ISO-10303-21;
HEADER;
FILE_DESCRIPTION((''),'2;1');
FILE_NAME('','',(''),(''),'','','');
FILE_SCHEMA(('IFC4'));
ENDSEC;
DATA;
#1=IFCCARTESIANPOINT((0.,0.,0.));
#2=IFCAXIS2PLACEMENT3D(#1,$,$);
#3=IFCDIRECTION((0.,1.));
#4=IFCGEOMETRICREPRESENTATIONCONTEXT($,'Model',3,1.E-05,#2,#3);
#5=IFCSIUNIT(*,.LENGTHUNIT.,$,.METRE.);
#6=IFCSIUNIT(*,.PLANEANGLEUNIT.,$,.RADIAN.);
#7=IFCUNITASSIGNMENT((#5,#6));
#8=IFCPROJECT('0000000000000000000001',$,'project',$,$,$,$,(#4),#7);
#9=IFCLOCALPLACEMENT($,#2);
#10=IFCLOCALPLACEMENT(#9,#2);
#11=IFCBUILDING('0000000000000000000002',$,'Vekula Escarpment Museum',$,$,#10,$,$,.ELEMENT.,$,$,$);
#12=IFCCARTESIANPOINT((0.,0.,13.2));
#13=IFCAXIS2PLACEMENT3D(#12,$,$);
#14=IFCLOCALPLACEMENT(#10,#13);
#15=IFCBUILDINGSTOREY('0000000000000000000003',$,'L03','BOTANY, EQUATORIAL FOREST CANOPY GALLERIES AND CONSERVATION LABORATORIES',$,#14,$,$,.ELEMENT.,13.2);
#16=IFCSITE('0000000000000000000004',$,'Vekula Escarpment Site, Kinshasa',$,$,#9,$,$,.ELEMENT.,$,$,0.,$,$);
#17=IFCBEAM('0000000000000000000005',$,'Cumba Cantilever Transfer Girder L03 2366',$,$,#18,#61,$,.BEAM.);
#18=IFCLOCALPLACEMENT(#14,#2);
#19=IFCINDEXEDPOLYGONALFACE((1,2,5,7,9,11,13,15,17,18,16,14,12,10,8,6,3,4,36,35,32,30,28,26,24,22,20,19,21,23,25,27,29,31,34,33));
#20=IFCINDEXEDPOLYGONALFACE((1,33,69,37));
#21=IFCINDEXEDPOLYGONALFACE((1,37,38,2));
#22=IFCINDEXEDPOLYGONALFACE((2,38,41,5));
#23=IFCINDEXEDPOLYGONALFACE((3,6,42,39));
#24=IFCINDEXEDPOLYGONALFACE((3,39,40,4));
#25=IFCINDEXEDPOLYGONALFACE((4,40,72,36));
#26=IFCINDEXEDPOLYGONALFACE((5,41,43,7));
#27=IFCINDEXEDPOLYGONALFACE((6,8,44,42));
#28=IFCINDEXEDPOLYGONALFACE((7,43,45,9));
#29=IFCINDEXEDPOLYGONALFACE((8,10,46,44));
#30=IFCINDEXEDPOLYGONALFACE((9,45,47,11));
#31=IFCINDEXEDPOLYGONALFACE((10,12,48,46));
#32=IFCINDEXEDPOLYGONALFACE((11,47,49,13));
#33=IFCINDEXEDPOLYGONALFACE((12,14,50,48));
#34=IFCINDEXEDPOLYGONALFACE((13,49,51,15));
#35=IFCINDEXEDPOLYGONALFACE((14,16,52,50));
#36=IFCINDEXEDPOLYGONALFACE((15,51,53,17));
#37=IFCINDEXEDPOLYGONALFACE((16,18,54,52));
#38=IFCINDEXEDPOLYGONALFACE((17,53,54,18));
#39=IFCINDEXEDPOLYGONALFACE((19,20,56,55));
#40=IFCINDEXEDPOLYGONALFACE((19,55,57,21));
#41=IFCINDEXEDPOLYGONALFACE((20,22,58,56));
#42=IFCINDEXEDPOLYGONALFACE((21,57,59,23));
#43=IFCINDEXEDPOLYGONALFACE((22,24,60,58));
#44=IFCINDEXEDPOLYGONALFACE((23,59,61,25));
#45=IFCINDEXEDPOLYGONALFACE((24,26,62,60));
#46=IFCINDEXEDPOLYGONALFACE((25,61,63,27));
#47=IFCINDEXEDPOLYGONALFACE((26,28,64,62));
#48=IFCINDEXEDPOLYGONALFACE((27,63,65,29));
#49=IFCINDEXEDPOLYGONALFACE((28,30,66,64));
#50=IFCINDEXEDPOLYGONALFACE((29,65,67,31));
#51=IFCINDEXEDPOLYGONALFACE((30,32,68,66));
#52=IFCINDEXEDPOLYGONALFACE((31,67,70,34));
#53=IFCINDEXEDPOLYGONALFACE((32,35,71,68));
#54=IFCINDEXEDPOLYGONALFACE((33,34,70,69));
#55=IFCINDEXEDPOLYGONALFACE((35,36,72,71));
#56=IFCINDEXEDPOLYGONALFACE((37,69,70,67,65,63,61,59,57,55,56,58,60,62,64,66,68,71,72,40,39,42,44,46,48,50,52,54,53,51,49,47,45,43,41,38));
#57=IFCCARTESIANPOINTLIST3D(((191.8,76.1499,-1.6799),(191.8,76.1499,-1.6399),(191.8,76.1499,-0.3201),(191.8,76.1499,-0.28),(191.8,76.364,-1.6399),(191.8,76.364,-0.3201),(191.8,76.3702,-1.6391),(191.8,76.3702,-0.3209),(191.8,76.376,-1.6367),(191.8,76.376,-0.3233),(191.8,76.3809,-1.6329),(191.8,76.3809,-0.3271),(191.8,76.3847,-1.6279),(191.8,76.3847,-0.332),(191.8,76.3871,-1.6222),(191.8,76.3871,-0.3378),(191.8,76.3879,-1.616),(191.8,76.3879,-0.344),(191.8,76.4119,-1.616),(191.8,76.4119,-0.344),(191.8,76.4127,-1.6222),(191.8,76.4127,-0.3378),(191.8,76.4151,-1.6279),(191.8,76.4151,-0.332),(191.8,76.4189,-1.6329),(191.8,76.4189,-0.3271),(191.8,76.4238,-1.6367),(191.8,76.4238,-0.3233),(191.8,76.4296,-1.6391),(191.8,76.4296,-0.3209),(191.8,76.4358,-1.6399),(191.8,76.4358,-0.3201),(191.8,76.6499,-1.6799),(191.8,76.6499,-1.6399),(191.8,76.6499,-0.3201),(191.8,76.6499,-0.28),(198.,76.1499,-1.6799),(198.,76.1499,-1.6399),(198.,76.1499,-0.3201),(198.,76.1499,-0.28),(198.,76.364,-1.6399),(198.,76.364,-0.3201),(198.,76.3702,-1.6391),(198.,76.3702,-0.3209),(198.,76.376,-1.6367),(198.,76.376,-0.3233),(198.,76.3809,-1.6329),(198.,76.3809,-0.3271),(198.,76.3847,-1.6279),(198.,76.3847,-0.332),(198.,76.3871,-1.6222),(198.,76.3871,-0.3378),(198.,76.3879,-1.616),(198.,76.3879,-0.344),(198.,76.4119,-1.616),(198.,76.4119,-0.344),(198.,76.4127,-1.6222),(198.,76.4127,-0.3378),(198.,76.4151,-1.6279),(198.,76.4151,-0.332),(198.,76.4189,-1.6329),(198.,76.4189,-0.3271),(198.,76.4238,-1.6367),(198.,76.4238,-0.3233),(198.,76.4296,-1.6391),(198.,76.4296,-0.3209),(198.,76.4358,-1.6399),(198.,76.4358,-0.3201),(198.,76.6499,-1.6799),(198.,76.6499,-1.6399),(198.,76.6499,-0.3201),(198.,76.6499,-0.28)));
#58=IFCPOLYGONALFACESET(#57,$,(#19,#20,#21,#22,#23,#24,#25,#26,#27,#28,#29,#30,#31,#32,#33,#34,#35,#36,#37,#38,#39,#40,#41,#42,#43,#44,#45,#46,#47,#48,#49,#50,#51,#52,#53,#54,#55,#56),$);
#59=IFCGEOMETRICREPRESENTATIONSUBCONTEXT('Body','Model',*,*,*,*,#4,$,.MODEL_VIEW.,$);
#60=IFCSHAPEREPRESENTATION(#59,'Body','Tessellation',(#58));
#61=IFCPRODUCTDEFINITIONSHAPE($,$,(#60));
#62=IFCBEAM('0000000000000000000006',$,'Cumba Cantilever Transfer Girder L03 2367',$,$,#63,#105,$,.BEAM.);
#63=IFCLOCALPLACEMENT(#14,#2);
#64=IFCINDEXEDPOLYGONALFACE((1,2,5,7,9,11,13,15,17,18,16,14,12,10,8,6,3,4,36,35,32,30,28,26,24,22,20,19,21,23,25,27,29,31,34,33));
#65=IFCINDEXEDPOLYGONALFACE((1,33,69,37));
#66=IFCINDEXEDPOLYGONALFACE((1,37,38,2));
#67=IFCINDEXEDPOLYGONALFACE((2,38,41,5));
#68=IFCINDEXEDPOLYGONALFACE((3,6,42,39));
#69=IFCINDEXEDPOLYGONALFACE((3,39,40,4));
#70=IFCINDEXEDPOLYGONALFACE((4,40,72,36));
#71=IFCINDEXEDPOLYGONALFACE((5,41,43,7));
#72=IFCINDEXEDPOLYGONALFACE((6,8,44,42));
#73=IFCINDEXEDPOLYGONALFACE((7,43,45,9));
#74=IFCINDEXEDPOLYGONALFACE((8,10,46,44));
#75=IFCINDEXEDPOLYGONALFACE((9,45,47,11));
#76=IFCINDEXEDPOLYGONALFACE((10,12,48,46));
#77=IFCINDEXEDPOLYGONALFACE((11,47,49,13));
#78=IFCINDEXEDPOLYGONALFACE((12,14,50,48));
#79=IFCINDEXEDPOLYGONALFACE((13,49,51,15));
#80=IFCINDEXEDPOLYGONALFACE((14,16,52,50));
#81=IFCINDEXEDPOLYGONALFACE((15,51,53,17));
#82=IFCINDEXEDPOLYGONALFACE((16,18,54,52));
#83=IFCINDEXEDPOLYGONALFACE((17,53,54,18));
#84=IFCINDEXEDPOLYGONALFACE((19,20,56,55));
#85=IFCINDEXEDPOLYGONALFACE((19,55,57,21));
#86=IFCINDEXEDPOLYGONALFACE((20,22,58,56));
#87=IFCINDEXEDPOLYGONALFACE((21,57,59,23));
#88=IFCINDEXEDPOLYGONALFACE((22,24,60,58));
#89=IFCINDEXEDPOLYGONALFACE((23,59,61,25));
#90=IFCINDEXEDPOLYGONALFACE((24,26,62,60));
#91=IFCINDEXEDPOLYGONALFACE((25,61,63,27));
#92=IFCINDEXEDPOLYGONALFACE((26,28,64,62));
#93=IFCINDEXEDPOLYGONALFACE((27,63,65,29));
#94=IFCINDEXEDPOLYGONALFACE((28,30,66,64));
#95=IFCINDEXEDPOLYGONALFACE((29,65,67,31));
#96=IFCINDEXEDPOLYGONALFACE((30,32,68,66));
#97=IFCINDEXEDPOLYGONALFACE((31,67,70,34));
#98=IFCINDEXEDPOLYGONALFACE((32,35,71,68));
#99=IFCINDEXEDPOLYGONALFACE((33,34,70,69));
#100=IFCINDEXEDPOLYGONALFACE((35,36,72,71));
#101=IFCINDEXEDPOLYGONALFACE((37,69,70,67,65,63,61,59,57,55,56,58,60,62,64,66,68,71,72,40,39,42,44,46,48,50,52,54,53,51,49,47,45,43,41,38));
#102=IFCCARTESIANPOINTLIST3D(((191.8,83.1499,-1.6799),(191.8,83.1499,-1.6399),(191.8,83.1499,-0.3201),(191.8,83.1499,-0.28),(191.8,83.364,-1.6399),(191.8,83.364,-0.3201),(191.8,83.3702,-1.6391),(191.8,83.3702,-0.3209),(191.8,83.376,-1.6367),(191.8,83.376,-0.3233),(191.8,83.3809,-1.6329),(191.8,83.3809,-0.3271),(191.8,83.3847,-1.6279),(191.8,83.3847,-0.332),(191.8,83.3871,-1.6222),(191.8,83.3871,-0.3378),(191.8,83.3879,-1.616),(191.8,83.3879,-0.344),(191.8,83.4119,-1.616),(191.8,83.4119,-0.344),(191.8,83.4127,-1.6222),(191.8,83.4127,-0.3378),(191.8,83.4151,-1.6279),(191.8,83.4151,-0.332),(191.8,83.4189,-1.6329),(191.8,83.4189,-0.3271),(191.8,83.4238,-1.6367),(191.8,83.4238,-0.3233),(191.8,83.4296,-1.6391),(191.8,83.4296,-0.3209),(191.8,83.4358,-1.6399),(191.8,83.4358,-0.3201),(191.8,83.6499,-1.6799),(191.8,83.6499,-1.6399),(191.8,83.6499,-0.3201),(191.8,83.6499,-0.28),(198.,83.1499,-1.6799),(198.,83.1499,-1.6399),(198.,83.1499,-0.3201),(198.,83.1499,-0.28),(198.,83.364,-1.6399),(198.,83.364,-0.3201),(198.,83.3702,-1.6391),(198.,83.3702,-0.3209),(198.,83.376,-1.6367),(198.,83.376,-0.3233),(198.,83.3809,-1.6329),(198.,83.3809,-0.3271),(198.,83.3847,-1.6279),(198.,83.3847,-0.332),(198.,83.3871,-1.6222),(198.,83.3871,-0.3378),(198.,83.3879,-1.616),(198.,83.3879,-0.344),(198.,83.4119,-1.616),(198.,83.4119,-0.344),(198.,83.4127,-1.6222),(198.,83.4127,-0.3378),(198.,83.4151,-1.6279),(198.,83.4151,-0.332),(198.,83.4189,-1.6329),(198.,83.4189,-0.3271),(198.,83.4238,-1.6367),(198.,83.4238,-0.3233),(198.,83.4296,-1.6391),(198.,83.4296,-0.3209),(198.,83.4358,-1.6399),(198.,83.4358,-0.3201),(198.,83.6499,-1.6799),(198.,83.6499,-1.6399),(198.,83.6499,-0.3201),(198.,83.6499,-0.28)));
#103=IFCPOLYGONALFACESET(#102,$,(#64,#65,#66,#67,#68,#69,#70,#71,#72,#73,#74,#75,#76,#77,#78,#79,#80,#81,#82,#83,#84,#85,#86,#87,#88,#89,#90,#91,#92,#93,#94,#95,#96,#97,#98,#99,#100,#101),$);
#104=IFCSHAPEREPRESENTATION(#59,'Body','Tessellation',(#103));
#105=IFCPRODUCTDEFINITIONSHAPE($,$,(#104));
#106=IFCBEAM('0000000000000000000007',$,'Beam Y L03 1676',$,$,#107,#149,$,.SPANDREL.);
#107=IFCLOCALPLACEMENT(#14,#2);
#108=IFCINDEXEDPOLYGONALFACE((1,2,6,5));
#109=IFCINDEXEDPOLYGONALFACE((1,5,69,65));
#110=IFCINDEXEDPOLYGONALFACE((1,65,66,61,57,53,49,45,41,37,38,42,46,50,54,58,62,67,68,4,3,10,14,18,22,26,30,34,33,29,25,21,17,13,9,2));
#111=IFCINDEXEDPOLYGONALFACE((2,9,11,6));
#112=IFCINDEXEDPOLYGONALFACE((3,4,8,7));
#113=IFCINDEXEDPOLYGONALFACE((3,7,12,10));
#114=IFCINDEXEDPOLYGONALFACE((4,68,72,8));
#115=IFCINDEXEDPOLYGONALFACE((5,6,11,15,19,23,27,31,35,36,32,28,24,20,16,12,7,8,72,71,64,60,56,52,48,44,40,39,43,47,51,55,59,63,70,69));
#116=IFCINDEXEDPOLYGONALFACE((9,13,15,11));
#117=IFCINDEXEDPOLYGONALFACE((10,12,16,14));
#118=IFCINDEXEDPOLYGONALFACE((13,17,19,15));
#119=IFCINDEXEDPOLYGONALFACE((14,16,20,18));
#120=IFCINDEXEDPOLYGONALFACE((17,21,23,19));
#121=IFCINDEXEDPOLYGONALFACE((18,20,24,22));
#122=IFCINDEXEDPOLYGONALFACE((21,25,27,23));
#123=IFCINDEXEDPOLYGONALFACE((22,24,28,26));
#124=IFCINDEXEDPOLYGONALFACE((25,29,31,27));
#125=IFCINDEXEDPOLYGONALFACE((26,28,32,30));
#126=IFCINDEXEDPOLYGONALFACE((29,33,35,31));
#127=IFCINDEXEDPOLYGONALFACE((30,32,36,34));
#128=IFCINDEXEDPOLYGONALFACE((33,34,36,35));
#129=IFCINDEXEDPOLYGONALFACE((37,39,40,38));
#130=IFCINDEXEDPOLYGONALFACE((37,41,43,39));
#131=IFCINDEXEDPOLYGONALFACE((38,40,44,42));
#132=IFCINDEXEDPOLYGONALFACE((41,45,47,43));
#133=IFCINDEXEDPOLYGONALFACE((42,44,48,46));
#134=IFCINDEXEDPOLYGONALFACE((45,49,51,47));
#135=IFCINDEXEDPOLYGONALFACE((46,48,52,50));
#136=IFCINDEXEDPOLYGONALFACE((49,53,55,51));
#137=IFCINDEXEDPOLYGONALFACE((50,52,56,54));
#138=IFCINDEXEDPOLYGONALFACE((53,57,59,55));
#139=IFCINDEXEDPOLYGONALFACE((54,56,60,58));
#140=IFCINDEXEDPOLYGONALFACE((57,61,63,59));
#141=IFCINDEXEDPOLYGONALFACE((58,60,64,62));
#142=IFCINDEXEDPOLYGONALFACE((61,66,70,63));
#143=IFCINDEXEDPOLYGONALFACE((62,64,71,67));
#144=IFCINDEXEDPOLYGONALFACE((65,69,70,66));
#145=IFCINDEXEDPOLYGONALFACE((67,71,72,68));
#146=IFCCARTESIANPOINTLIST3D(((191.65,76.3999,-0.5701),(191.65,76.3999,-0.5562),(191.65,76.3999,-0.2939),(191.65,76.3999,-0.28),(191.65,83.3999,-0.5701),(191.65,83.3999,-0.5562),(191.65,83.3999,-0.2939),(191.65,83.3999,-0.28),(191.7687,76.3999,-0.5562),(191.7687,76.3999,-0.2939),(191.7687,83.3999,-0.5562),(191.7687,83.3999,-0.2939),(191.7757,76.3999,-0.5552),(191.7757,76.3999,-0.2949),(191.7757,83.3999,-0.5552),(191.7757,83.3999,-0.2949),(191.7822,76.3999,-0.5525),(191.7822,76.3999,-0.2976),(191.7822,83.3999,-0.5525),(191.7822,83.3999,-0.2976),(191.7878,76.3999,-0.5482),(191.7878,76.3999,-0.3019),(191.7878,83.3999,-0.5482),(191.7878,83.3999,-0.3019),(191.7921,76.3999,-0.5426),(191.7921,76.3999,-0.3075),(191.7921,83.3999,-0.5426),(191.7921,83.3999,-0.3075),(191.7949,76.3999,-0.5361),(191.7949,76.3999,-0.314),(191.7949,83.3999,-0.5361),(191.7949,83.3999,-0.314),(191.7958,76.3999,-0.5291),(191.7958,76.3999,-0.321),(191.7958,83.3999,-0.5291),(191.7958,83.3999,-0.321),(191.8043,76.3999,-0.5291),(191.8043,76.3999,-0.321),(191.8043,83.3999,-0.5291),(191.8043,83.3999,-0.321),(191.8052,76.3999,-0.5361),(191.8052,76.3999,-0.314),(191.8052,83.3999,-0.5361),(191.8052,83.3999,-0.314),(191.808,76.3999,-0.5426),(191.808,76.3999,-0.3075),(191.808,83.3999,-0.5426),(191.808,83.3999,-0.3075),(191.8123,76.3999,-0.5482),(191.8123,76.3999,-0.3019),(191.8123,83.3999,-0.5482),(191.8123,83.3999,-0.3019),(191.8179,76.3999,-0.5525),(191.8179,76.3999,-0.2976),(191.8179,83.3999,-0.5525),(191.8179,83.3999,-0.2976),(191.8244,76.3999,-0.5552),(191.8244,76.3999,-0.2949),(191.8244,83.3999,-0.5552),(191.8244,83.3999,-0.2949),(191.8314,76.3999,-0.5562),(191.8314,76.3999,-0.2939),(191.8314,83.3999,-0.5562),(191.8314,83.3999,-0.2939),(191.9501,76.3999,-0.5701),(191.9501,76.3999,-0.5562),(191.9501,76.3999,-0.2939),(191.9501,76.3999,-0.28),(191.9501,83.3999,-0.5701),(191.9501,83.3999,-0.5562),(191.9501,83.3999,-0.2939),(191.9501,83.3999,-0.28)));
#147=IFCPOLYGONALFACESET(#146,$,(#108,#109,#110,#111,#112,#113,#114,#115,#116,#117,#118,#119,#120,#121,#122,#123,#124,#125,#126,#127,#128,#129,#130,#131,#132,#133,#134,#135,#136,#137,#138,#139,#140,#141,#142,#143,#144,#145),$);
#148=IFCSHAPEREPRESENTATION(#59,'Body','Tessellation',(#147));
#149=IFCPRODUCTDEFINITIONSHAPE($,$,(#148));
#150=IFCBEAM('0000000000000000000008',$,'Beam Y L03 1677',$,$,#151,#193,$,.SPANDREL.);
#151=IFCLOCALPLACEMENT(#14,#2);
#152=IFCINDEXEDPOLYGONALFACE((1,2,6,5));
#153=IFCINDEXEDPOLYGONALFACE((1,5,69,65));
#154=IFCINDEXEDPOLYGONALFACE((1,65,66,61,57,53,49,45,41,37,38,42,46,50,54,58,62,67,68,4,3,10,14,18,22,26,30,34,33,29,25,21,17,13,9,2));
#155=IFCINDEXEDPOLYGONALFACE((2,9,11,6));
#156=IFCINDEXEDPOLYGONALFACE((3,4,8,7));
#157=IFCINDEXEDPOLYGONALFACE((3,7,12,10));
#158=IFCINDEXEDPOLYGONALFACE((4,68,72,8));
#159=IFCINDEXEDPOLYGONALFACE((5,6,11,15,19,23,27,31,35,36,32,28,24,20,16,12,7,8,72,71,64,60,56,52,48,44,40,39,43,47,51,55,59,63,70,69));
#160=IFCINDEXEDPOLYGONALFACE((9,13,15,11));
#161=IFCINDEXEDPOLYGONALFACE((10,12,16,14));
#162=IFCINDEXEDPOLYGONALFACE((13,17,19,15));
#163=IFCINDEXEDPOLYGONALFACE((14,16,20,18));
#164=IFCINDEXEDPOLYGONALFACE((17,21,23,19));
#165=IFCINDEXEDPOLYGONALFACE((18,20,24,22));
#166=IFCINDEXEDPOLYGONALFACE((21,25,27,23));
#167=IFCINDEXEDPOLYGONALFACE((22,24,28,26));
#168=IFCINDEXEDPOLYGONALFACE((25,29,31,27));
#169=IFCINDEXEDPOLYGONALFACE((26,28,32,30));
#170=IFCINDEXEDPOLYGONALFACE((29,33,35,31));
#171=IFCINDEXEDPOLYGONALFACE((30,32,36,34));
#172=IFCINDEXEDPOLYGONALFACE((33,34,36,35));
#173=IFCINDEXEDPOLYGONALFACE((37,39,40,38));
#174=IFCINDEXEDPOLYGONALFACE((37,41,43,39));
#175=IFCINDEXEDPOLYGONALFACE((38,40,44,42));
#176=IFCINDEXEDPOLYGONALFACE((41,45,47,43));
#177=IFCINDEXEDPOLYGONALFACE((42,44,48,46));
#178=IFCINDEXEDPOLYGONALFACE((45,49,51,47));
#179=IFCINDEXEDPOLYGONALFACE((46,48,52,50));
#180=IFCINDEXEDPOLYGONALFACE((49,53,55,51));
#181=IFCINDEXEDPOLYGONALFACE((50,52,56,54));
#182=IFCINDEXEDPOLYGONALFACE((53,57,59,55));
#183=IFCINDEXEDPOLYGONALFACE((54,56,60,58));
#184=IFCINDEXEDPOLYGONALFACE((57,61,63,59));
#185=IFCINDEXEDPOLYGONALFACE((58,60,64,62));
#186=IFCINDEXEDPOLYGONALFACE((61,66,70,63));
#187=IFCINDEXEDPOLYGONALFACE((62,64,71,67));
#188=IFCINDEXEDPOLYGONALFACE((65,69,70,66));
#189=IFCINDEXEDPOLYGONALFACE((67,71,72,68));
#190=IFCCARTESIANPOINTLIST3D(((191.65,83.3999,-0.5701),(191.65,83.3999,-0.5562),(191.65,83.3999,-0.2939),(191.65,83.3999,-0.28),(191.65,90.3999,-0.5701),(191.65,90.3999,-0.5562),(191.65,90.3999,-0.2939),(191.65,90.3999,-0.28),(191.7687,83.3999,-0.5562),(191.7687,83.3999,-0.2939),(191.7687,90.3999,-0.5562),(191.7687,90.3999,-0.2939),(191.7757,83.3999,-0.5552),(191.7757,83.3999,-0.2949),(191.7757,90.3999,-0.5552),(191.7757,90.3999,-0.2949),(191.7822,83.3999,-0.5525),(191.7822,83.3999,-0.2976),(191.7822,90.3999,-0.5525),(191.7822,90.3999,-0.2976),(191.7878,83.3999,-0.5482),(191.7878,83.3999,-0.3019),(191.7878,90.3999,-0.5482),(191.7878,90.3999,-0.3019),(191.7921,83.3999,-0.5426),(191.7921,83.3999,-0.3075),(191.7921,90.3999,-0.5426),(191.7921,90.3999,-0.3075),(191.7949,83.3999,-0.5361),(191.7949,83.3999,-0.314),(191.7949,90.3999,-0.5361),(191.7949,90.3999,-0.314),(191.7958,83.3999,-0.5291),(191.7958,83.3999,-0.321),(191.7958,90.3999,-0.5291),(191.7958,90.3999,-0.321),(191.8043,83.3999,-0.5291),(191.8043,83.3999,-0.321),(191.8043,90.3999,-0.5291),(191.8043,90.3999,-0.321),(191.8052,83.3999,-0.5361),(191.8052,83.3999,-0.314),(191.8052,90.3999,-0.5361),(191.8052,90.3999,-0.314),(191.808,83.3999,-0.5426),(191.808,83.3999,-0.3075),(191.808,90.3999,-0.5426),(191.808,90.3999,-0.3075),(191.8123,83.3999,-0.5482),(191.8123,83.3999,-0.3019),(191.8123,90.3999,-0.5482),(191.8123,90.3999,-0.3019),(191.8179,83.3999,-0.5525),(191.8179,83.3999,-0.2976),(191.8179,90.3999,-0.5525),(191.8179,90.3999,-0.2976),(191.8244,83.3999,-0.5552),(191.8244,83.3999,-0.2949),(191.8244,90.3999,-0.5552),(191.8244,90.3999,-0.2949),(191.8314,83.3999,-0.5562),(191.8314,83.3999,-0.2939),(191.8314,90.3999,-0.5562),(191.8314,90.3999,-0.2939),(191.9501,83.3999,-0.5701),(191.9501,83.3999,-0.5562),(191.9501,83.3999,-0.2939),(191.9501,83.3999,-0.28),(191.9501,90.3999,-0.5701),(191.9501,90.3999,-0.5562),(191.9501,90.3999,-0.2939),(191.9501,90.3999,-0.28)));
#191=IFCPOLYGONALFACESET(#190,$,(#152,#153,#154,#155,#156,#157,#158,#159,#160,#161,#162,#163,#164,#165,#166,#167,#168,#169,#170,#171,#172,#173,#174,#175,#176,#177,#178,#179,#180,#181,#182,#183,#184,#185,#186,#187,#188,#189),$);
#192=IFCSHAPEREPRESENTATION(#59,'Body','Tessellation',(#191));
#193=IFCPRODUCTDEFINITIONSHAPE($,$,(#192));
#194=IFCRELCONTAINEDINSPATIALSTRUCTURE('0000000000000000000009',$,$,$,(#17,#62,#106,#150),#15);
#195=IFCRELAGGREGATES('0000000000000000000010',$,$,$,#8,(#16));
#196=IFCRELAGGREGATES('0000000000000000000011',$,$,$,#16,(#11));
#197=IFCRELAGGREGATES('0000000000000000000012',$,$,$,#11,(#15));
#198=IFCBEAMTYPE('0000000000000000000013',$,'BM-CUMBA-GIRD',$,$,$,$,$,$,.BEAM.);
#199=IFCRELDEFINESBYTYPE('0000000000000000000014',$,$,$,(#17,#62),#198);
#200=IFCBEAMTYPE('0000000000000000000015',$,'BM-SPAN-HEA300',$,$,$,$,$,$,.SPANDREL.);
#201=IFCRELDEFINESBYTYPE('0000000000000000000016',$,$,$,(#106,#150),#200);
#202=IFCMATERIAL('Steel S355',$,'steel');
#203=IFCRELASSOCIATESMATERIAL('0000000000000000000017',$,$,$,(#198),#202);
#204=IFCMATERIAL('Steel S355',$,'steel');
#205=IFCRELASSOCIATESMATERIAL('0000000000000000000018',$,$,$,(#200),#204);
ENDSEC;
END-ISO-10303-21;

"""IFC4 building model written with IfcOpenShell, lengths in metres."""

from ifc_helpers import new_model, si_unit, direction, frame, origin, origin_2d, place, context, subcontext, project, spatial, i_section, extrude, material, material_profile, profile_set, type_object, element, save


model = new_model("IFC4")

# Units and contexts
model_context = context("Model", 3, precision=1e-05, world=origin(), true_north=direction((0.0, 1.0)))
body_context = subcontext(model_context, "Body", "Model", "MODEL_VIEW")
ifc_project = project(units=[si_unit("LENGTHUNIT", "METRE"), si_unit("PLANEANGLEUNIT", "RADIAN")], contexts=[model_context])

# Site, building, storey
site_placement = place(None, origin())
site = spatial("IfcSite", under=ifc_project, at=site_placement, Name="Vekula Escarpment Site, Kinshasa", CompositionType="ELEMENT", RefElevation=0.0)
building_placement = place(site_placement, origin())
building = spatial("IfcBuilding", under=site, at=building_placement, Name="Vekula Escarpment Museum", CompositionType="ELEMENT")
storey_placement = place(building_placement, frame((0.0, 0.0, 13.2)))
storey = spatial("IfcBuildingStorey", under=building, at=storey_placement, Name="L03", Description="BOTANY, EQUATORIAL FOREST CANOPY GALLERIES AND CONSERVATION LABORATORIES", CompositionType="ELEMENT", Elevation=13.2)

# Beams
ifc_material_1 = material(Name="Steel S355", Category="steel")
ifc_material_profile_1 = material_profile(ifc_material_1, i_section(OverallWidth=0.5, OverallDepth=1.3999, WebThickness=0.0239, FlangeThickness=0.04, FilletRadius=0.0239, at=origin_2d()), Name="WPG 1400x500")
ifc_profile_set_1 = profile_set([ifc_material_profile_1], Name="Steel S355")
beam_type_1 = type_object("IfcBeamType", Name="BM-CUMBA-GIRD", PredefinedType="BEAM", material=ifc_profile_set_1)
for number, where, z_axis, x_axis, name in (
    (1, (191.8, 76.3999, -0.98), (1.0, 0.0, 0.0), (0.0, 1.0, 0.0), "Cumba Cantilever Transfer Girder L03 2366"),
    (2, (191.8, 83.3999, -0.98), (1.0, 0.0, 0.0), (0.0, 1.0, 0.0), "Cumba Cantilever Transfer Girder L03 2367"),
):
    element("IfcBeam", number, at=place(storey_placement, frame(where, z_axis=z_axis, x_axis=x_axis)), inside=storey, type_object=beam_type_1, Name=name, PredefinedType="BEAM", context=body_context, shape_type="SweptSolid", body=[
        extrude(i_section(OverallWidth=0.5, OverallDepth=1.3999, WebThickness=0.0239, FlangeThickness=0.04, FilletRadius=0.0239, at=origin_2d()), origin(), (0.0, 0.0, 1.0), 6.2),
    ])
ifc_material_2 = material(Name="Steel S355", Category="steel")
ifc_material_profile_2 = material_profile(ifc_material_2, i_section(OverallWidth=0.3, OverallDepth=0.29, WebThickness=0.0085, FlangeThickness=0.0139, FilletRadius=0.0271, at=origin_2d()), Name="HEA 300")
ifc_profile_set_2 = profile_set([ifc_material_profile_2], Name="Steel S355")
beam_type_2 = type_object("IfcBeamType", Name="BM-SPAN-HEA300", PredefinedType="SPANDREL", material=ifc_profile_set_2)
for number, where, z_axis, x_axis, name in (
    (3, (191.8, 76.3999, -0.425), (0.0, 1.0, 0.0), (-1.0, 0.0, 0.0), "Beam Y L03 1676"),
    (4, (191.8, 83.3999, -0.425), (0.0, 1.0, 0.0), (-1.0, 0.0, 0.0), "Beam Y L03 1677"),
):
    element("IfcBeam", number, at=place(storey_placement, frame(where, z_axis=z_axis, x_axis=x_axis)), inside=storey, type_object=beam_type_2, Name=name, PredefinedType="SPANDREL", context=body_context, shape_type="SweptSolid", body=[
        extrude(i_section(OverallWidth=0.3, OverallDepth=0.29, WebThickness=0.0085, FlangeThickness=0.0139, FilletRadius=0.0271, at=origin_2d()), origin(), (0.0, 0.0, 1.0), 7.0),
    ])

save(model, "model.ifc")
